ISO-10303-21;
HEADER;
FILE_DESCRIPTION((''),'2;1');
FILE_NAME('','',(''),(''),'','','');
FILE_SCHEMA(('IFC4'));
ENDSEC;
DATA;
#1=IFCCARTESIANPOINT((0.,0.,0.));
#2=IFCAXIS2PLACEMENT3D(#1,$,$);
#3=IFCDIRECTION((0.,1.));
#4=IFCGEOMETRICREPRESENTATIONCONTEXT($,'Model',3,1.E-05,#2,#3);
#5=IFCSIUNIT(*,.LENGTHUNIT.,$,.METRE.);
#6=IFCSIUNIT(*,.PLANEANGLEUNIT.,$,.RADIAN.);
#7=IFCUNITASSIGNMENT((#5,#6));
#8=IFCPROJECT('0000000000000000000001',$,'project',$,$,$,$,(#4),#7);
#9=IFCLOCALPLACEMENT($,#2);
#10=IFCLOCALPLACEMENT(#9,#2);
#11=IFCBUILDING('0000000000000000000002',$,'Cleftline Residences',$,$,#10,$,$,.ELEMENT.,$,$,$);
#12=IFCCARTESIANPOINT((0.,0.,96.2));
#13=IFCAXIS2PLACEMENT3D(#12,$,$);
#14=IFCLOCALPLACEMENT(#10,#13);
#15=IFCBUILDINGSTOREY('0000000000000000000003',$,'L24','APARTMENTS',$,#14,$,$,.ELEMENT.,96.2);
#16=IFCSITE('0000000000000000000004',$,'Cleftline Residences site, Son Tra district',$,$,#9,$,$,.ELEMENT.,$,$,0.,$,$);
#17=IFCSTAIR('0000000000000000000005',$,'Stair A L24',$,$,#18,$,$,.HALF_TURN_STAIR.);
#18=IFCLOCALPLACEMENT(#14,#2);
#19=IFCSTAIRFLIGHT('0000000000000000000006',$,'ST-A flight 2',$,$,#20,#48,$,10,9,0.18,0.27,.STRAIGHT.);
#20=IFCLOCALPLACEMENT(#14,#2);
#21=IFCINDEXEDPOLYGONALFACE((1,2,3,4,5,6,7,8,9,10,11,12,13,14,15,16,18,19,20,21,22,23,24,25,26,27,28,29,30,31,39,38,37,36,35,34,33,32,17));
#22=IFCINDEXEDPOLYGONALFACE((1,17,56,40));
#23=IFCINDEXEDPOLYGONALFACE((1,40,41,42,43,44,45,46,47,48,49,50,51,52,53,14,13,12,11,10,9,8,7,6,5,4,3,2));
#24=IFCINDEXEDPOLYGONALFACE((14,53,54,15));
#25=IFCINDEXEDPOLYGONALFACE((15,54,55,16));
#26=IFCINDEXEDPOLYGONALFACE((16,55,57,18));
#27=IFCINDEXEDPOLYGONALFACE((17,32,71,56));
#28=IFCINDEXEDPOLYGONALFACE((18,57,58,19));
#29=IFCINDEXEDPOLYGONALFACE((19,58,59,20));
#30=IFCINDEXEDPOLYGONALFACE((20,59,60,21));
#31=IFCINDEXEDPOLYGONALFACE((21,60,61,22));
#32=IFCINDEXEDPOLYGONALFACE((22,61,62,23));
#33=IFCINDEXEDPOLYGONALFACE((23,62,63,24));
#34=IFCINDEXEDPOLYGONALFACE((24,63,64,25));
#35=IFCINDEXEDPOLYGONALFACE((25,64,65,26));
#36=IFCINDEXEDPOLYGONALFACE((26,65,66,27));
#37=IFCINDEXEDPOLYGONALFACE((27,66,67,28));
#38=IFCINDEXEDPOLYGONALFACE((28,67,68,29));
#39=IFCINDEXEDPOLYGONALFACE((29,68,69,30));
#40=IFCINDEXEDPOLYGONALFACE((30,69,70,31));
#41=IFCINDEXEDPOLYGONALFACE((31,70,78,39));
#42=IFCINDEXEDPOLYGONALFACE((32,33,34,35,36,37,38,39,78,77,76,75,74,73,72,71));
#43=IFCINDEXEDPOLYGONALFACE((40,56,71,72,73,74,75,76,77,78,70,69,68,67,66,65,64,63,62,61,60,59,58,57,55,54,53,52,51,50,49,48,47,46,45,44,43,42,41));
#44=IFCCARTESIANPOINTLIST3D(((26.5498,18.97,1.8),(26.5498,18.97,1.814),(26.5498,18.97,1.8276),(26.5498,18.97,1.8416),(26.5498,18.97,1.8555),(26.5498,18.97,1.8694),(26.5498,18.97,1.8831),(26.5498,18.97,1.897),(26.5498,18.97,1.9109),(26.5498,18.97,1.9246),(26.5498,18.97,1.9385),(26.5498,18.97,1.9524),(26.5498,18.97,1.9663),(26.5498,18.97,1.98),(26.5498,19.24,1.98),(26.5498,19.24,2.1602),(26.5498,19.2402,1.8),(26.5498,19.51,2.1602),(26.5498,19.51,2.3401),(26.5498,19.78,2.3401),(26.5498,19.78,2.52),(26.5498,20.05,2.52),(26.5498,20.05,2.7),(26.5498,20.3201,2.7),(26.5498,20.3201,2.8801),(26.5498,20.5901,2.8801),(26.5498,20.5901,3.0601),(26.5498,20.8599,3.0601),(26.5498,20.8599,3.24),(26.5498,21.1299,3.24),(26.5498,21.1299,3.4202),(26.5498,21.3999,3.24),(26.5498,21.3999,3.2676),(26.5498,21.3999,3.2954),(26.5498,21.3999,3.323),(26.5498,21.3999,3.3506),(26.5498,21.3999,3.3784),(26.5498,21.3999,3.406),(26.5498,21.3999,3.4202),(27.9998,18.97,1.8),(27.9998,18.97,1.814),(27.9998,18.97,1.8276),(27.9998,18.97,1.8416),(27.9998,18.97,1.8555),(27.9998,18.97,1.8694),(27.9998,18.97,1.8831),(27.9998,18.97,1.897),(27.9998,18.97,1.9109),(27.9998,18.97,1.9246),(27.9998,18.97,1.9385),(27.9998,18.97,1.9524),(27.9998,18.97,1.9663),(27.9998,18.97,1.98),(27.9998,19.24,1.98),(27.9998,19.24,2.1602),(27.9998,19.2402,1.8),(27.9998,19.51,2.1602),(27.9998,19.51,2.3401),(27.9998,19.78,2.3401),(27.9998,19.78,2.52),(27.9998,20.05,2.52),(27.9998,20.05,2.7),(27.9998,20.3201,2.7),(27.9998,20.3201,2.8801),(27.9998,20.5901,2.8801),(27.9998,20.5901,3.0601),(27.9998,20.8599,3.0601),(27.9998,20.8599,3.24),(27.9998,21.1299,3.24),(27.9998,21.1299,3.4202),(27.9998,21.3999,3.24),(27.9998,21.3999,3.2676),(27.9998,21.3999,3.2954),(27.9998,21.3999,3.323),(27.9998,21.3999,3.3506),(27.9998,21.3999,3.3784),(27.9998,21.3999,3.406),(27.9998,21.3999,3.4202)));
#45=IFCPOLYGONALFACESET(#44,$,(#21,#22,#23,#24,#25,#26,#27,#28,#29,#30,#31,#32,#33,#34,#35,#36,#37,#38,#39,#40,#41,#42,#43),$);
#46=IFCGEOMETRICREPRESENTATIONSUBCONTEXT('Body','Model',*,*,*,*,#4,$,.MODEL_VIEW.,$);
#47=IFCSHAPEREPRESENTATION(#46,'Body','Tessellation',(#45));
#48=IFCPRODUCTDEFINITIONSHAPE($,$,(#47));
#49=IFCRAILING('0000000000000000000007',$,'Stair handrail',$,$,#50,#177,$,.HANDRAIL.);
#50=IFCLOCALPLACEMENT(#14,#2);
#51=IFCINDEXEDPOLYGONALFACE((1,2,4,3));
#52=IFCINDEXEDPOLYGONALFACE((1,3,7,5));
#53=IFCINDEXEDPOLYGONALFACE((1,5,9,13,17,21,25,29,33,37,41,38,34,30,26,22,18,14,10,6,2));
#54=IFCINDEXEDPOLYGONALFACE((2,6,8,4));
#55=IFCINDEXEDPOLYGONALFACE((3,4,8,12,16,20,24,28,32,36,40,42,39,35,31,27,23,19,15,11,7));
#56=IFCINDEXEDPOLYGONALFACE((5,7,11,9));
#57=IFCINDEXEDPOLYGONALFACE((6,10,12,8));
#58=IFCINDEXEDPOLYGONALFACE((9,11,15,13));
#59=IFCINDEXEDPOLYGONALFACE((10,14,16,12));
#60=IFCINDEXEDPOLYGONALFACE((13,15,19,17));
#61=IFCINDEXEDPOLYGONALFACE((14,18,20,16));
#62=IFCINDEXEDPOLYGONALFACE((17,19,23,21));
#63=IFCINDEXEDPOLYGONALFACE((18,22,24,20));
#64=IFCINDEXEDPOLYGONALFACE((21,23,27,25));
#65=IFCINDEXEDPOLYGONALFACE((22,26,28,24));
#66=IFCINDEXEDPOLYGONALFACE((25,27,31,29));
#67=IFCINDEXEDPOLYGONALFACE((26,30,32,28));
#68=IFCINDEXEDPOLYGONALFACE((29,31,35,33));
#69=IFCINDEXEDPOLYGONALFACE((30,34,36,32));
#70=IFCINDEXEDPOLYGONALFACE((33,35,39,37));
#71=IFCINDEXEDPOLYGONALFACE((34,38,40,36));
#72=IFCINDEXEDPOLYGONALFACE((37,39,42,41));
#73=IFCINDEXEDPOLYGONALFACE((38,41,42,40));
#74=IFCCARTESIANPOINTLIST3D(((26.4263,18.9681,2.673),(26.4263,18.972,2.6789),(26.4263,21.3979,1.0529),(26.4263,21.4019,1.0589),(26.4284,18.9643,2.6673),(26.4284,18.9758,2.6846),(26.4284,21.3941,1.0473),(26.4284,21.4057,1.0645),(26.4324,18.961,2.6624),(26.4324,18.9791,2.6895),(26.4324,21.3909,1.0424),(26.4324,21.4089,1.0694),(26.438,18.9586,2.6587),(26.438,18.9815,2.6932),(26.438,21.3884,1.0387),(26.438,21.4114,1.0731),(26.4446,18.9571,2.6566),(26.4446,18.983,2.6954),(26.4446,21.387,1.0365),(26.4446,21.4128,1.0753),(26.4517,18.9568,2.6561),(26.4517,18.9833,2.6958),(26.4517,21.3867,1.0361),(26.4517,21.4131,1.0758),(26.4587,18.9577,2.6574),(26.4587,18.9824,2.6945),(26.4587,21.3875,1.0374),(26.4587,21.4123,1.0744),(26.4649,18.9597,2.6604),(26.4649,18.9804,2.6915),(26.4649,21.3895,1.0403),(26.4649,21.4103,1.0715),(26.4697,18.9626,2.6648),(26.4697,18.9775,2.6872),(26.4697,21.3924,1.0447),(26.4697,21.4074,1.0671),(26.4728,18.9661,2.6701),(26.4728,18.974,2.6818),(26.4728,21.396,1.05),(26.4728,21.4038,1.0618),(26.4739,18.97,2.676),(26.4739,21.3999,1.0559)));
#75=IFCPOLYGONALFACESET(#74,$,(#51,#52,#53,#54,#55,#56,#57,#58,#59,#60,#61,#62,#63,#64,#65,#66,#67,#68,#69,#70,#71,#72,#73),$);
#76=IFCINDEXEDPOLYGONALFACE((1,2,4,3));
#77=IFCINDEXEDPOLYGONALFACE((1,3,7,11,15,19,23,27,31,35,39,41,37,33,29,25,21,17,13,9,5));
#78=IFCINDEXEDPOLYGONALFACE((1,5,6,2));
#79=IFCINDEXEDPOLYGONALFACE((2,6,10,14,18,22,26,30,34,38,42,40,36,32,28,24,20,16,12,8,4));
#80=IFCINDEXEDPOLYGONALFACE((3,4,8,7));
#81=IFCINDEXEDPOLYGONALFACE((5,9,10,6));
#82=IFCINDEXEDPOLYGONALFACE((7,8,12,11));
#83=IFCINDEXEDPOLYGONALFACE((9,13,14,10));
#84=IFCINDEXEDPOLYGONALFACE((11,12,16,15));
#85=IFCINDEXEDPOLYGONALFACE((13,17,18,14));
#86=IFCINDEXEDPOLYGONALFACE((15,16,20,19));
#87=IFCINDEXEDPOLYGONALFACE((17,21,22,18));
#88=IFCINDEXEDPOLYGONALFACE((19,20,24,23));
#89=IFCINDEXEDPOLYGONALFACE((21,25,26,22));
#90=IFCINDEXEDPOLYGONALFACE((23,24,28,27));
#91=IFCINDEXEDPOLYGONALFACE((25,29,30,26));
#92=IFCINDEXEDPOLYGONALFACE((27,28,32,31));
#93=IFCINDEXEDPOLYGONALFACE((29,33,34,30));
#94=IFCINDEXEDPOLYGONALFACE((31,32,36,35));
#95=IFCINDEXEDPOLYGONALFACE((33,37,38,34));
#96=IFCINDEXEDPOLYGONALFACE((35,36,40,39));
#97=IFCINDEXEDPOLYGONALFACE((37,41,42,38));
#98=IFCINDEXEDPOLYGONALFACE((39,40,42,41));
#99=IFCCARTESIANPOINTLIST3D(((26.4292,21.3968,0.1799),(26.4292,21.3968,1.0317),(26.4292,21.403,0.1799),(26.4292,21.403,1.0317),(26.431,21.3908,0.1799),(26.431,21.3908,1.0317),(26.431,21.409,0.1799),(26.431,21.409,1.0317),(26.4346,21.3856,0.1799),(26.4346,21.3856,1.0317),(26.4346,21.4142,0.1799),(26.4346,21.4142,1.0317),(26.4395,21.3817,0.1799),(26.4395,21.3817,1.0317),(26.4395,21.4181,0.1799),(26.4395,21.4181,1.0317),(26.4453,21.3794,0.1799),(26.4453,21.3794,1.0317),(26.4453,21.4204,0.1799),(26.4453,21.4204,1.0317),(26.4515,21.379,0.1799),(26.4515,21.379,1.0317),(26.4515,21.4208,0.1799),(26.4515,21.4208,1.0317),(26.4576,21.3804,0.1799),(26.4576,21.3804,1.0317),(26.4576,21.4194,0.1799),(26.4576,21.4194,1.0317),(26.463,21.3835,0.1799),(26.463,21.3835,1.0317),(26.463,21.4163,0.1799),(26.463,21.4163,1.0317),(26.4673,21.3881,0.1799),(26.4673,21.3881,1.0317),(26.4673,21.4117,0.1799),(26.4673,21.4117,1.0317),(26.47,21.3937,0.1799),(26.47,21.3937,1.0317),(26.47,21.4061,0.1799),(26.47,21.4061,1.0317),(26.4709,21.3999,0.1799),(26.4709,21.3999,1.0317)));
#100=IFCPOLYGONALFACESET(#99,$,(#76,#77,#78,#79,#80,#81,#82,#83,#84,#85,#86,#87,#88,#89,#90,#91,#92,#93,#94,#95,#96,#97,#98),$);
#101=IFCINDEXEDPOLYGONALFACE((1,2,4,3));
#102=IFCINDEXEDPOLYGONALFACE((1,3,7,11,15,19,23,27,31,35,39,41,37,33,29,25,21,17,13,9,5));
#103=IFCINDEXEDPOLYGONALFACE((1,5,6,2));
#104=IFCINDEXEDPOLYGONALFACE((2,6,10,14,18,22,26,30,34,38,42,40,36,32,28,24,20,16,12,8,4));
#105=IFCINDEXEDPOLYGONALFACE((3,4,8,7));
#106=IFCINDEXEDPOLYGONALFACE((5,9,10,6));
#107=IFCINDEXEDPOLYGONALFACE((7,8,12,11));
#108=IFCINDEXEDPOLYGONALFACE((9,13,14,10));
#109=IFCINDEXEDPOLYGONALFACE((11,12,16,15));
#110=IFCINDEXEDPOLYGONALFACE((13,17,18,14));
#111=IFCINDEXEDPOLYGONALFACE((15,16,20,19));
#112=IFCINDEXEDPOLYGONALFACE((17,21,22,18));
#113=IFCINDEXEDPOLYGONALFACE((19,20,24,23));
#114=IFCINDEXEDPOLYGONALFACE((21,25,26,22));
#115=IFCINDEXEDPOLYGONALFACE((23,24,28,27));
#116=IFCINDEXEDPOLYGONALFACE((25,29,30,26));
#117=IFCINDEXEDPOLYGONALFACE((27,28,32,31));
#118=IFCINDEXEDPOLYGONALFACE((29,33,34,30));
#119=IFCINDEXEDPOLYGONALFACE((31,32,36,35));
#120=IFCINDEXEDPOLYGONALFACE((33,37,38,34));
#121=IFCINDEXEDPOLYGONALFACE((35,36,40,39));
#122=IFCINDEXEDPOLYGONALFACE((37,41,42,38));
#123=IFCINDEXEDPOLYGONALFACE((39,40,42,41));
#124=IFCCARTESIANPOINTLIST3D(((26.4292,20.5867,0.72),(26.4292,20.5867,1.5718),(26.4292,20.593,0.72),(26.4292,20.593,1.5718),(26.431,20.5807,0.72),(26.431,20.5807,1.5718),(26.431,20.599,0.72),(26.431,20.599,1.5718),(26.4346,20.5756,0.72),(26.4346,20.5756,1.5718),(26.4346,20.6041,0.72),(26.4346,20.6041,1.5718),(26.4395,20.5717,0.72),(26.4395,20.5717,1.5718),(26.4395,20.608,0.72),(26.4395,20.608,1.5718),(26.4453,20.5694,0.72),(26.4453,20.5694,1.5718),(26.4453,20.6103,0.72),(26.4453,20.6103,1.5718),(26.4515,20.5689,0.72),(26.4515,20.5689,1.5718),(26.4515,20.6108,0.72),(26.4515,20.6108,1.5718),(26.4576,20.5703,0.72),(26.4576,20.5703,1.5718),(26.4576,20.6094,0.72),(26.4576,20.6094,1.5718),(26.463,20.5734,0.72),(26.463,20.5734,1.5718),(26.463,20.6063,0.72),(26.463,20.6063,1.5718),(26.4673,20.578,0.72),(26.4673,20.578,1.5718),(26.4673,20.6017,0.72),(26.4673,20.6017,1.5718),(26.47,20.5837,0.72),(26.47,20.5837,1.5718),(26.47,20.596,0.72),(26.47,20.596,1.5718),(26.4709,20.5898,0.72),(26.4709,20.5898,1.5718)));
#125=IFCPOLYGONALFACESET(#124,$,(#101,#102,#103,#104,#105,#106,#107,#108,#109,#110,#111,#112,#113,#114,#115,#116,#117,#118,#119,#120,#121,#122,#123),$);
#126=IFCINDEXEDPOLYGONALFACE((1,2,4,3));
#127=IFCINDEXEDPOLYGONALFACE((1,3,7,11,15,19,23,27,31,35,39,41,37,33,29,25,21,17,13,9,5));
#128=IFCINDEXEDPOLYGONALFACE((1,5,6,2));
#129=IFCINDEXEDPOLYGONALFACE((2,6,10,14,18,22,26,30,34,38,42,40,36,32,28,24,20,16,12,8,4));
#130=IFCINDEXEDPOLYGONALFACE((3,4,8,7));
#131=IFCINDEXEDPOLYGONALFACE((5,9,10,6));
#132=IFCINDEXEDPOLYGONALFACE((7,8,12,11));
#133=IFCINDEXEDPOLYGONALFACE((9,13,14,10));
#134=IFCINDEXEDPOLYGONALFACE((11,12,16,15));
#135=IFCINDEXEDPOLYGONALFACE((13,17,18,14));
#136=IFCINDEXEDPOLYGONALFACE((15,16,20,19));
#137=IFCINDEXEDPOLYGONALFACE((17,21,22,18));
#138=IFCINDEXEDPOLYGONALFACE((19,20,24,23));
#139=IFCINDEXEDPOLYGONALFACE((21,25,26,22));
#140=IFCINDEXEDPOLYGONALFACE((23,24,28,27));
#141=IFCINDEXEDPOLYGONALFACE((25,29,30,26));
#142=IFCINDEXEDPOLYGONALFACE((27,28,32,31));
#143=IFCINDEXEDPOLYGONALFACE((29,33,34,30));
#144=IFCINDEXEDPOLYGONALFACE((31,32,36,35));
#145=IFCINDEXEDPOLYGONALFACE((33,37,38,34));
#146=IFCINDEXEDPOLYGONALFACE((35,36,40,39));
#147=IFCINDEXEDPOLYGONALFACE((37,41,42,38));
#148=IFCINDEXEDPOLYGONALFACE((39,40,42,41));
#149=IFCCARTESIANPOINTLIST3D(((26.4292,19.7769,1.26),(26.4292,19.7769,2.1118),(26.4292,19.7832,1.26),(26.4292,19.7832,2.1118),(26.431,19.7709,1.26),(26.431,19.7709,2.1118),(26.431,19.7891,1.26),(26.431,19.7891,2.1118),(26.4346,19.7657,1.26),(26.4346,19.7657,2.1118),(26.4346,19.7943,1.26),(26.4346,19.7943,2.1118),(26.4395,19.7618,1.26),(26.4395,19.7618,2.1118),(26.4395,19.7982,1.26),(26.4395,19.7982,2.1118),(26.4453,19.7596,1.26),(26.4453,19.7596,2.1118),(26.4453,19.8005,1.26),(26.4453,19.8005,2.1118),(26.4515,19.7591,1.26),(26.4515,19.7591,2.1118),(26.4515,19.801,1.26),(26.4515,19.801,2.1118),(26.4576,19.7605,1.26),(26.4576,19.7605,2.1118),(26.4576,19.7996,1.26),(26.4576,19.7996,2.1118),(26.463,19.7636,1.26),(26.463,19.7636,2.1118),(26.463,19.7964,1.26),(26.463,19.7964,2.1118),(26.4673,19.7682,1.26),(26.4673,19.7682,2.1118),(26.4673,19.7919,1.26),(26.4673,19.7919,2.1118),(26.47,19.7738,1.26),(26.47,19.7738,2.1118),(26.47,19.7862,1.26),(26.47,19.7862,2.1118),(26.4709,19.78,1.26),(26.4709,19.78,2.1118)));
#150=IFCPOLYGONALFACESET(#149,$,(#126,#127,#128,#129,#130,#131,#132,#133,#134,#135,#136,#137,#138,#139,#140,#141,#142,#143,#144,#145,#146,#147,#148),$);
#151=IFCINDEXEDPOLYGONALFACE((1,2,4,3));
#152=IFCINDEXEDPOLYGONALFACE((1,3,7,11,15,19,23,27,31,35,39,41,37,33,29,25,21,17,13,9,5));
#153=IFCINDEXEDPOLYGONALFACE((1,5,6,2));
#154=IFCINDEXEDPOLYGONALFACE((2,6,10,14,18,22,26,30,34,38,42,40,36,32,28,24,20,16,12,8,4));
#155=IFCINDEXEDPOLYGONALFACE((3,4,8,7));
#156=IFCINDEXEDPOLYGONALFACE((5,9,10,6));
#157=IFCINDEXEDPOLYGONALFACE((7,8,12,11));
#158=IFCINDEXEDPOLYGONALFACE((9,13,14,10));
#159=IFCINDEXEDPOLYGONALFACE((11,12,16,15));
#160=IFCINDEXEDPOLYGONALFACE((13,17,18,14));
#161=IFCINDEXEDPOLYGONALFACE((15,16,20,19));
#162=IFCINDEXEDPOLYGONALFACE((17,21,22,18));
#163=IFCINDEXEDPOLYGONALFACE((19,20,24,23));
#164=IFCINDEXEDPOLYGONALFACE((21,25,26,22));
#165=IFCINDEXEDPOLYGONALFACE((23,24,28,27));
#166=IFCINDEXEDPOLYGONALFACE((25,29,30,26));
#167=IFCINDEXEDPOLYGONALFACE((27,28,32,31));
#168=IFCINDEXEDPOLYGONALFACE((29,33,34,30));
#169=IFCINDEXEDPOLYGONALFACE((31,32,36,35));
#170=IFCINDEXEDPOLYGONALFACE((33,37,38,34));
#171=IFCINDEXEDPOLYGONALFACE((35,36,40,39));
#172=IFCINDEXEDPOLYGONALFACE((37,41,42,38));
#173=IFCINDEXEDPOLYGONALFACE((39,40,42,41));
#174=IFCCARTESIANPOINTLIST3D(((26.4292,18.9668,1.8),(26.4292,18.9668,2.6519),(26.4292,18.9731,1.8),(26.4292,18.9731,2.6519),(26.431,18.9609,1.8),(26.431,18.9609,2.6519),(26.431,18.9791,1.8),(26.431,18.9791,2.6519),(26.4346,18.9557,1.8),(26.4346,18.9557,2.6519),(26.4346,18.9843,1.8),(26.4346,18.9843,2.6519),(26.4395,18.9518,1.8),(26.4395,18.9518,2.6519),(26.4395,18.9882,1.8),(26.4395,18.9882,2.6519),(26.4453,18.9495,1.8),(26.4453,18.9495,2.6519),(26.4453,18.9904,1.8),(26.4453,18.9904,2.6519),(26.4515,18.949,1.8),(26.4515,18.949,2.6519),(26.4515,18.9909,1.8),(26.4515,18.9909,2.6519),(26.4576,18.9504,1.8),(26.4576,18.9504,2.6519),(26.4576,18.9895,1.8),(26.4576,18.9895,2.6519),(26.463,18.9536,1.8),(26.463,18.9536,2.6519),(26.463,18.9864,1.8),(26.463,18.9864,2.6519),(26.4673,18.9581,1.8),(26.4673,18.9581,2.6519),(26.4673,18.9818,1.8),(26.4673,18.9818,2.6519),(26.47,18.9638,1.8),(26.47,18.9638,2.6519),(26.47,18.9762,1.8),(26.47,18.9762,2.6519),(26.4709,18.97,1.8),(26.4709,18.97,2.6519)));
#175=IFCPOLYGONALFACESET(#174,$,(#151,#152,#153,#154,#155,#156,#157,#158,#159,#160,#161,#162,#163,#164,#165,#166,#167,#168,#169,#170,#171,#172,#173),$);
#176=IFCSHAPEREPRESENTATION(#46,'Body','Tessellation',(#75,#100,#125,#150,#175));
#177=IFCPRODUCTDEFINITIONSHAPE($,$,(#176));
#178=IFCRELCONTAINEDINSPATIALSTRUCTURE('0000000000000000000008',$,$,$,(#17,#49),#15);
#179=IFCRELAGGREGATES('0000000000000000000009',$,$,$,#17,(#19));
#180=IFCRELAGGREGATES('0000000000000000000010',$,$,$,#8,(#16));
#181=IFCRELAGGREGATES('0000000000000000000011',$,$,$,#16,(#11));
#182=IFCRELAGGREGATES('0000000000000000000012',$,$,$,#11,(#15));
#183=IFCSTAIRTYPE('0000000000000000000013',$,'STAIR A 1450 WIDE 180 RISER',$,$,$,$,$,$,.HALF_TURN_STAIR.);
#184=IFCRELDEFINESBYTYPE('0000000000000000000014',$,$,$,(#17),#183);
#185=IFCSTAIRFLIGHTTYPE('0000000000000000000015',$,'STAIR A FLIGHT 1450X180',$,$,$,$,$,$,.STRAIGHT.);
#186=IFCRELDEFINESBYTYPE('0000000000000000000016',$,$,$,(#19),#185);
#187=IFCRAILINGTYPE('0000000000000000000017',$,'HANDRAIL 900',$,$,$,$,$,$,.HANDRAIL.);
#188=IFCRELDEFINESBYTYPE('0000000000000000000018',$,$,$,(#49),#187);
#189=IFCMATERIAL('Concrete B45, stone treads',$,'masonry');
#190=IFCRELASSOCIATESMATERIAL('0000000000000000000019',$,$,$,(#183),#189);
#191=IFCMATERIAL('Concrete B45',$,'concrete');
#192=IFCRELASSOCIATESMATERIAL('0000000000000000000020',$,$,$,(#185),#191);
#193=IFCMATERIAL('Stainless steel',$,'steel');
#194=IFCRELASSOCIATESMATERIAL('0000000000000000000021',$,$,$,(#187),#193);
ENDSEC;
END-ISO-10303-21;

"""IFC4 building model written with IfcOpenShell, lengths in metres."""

from ifc_helpers import new_model, si_unit, direction, frame, origin, origin_2d, place, context, subcontext, project, spatial, polyline, circle, outline, extrude, material, type_object, element, aggregate, save


model = new_model("IFC4")

# Units and contexts
model_context = context("Model", 3, precision=1e-05, world=origin(), true_north=direction((0.0, 1.0)))
body_context = subcontext(model_context, "Body", "Model", "MODEL_VIEW")
ifc_project = project(units=[si_unit("LENGTHUNIT", "METRE"), si_unit("PLANEANGLEUNIT", "RADIAN")], contexts=[model_context])

# Site, building, storey
site_placement = place(None, origin())
site = spatial("IfcSite", under=ifc_project, at=site_placement, Name="Cleftline Residences site, Son Tra district", CompositionType="ELEMENT", RefElevation=0.0)
building_placement = place(site_placement, origin())
building = spatial("IfcBuilding", under=site, at=building_placement, Name="Cleftline Residences", CompositionType="ELEMENT")
storey_placement = place(building_placement, frame((0.0, 0.0, 96.2)))
storey = spatial("IfcBuildingStorey", under=building, at=storey_placement, Name="L24", Description="APARTMENTS", CompositionType="ELEMENT", Elevation=96.2)

# Stair, stair flight
ifc_material_1 = material(Name="Concrete B45, stone treads", Category="masonry")
stair_type = type_object("IfcStairType", Name="STAIR A 1450 WIDE 180 RISER", PredefinedType="HALF_TURN_STAIR", material=ifc_material_1)
stair_placement = place(storey_placement, origin())
stair = element("IfcStair", 1, at=stair_placement, inside=storey, type_object=stair_type, Name="Stair A L24", PredefinedType="HALF_TURN_STAIR")
ifc_material_2 = material(Name="Concrete B45", Category="concrete")
stair_flight_type = type_object("IfcStairFlightType", Name="STAIR A FLIGHT 1450X180", PredefinedType="STRAIGHT", material=ifc_material_2)
stair_flight_1_placement = place(storey_placement, frame((27.2749, 18.97, 1.8), z_axis=(0.0, 0.0, 1.0), x_axis=(0.0, 1.0, 0.0)))
stair_flight_1 = element("IfcStairFlight", 2, at=stair_flight_1_placement, type_object=stair_flight_type, Name="ST-A flight 2", NumberOfRisers=10, NumberOfTreads=9, PredefinedType="STRAIGHT", RiserHeight=0.18, TreadLength=0.27, context=body_context, shape_type="SweptSolid", body=[
    extrude(outline(polyline([(0.0, 0.0), (0.0, 0.0139), (0.0, 0.0276), (0.0, 0.0415), (0.0, 0.0554), (0.0, 0.0693), (0.0, 0.083), (0.0, 0.0969), (0.0, 0.1108), (0.0, 0.1245), (0.0, 0.1384), (0.0, 0.1523), (0.0, 0.1663), (0.0, 0.1799), (0.27, 0.1799), (0.27, 0.3601), (0.54, 0.3601), (0.54, 0.54), (0.8101, 0.54), (0.8101, 0.72), (1.0801, 0.72), (1.0801, 0.8999), (1.3501, 0.8999), (1.3501, 1.0801), (1.6201, 1.0801), (1.6201, 1.26), (1.8899, 1.26), (1.8899, 1.4399), (2.1599, 1.4399), (2.1599, 1.6201), (2.4299, 1.6201), (2.4299, 1.8), (2.4299, 1.7722), (2.4299, 1.7446), (2.4299, 1.7168), (2.4299, 1.6892), (2.4299, 1.6614), (2.4299, 1.6338), (2.4299, 1.606), (2.4299, 1.5784), (2.4299, 1.5505), (2.4299, 1.5229), (2.4299, 1.4954), (2.4299, 1.4675), (2.4299, 1.4399), (0.2703, 0.0), (0.0, 0.0)])), frame((0.0, 0.7251, 0.0), z_axis=(0.0, -1.0, 0.0), x_axis=(1.0, 0.0, 0.0)), (0.0, 0.0, 1.0), 1.45),
])
aggregate(stair, [stair_flight_1])

# Railing
ifc_material_3 = material(Name="Stainless steel", Category="steel")
railing_type = type_object("IfcRailingType", Name="HANDRAIL 900", PredefinedType="HANDRAIL", material=ifc_material_3)
railing_1_placement = place(storey_placement, frame((26.45, 21.3999, 0.1799)))
element("IfcRailing", 3, at=railing_1_placement, inside=storey, type_object=railing_type, Name="Stair handrail", PredefinedType="HANDRAIL", context=body_context, shape_type="SweptSolid", body=[
    extrude(circle(Radius=0.0239, at=origin_2d()), frame((0.0, 0.0, 0.876), z_axis=(0.0, -0.832025, 0.554739), x_axis=(1.0, 0.0, 0.0)), (0.0, 0.0, 1.0), 2.9204),
    extrude(circle(Radius=0.021, at=origin_2d()), origin(), (0.0, 0.0, 1.0), 0.8518),
    extrude(circle(Radius=0.021, at=origin_2d()), frame((0.0, -0.8101, 0.54)), (0.0, 0.0, 1.0), 0.8518),
    extrude(circle(Radius=0.021, at=origin_2d()), frame((0.0, -1.6199, 1.0801)), (0.0, 0.0, 1.0), 0.8518),
    extrude(circle(Radius=0.021, at=origin_2d()), frame((0.0, -2.4299, 1.6201)), (0.0, 0.0, 1.0), 0.8518),
])

save(model, "model.ifc")
